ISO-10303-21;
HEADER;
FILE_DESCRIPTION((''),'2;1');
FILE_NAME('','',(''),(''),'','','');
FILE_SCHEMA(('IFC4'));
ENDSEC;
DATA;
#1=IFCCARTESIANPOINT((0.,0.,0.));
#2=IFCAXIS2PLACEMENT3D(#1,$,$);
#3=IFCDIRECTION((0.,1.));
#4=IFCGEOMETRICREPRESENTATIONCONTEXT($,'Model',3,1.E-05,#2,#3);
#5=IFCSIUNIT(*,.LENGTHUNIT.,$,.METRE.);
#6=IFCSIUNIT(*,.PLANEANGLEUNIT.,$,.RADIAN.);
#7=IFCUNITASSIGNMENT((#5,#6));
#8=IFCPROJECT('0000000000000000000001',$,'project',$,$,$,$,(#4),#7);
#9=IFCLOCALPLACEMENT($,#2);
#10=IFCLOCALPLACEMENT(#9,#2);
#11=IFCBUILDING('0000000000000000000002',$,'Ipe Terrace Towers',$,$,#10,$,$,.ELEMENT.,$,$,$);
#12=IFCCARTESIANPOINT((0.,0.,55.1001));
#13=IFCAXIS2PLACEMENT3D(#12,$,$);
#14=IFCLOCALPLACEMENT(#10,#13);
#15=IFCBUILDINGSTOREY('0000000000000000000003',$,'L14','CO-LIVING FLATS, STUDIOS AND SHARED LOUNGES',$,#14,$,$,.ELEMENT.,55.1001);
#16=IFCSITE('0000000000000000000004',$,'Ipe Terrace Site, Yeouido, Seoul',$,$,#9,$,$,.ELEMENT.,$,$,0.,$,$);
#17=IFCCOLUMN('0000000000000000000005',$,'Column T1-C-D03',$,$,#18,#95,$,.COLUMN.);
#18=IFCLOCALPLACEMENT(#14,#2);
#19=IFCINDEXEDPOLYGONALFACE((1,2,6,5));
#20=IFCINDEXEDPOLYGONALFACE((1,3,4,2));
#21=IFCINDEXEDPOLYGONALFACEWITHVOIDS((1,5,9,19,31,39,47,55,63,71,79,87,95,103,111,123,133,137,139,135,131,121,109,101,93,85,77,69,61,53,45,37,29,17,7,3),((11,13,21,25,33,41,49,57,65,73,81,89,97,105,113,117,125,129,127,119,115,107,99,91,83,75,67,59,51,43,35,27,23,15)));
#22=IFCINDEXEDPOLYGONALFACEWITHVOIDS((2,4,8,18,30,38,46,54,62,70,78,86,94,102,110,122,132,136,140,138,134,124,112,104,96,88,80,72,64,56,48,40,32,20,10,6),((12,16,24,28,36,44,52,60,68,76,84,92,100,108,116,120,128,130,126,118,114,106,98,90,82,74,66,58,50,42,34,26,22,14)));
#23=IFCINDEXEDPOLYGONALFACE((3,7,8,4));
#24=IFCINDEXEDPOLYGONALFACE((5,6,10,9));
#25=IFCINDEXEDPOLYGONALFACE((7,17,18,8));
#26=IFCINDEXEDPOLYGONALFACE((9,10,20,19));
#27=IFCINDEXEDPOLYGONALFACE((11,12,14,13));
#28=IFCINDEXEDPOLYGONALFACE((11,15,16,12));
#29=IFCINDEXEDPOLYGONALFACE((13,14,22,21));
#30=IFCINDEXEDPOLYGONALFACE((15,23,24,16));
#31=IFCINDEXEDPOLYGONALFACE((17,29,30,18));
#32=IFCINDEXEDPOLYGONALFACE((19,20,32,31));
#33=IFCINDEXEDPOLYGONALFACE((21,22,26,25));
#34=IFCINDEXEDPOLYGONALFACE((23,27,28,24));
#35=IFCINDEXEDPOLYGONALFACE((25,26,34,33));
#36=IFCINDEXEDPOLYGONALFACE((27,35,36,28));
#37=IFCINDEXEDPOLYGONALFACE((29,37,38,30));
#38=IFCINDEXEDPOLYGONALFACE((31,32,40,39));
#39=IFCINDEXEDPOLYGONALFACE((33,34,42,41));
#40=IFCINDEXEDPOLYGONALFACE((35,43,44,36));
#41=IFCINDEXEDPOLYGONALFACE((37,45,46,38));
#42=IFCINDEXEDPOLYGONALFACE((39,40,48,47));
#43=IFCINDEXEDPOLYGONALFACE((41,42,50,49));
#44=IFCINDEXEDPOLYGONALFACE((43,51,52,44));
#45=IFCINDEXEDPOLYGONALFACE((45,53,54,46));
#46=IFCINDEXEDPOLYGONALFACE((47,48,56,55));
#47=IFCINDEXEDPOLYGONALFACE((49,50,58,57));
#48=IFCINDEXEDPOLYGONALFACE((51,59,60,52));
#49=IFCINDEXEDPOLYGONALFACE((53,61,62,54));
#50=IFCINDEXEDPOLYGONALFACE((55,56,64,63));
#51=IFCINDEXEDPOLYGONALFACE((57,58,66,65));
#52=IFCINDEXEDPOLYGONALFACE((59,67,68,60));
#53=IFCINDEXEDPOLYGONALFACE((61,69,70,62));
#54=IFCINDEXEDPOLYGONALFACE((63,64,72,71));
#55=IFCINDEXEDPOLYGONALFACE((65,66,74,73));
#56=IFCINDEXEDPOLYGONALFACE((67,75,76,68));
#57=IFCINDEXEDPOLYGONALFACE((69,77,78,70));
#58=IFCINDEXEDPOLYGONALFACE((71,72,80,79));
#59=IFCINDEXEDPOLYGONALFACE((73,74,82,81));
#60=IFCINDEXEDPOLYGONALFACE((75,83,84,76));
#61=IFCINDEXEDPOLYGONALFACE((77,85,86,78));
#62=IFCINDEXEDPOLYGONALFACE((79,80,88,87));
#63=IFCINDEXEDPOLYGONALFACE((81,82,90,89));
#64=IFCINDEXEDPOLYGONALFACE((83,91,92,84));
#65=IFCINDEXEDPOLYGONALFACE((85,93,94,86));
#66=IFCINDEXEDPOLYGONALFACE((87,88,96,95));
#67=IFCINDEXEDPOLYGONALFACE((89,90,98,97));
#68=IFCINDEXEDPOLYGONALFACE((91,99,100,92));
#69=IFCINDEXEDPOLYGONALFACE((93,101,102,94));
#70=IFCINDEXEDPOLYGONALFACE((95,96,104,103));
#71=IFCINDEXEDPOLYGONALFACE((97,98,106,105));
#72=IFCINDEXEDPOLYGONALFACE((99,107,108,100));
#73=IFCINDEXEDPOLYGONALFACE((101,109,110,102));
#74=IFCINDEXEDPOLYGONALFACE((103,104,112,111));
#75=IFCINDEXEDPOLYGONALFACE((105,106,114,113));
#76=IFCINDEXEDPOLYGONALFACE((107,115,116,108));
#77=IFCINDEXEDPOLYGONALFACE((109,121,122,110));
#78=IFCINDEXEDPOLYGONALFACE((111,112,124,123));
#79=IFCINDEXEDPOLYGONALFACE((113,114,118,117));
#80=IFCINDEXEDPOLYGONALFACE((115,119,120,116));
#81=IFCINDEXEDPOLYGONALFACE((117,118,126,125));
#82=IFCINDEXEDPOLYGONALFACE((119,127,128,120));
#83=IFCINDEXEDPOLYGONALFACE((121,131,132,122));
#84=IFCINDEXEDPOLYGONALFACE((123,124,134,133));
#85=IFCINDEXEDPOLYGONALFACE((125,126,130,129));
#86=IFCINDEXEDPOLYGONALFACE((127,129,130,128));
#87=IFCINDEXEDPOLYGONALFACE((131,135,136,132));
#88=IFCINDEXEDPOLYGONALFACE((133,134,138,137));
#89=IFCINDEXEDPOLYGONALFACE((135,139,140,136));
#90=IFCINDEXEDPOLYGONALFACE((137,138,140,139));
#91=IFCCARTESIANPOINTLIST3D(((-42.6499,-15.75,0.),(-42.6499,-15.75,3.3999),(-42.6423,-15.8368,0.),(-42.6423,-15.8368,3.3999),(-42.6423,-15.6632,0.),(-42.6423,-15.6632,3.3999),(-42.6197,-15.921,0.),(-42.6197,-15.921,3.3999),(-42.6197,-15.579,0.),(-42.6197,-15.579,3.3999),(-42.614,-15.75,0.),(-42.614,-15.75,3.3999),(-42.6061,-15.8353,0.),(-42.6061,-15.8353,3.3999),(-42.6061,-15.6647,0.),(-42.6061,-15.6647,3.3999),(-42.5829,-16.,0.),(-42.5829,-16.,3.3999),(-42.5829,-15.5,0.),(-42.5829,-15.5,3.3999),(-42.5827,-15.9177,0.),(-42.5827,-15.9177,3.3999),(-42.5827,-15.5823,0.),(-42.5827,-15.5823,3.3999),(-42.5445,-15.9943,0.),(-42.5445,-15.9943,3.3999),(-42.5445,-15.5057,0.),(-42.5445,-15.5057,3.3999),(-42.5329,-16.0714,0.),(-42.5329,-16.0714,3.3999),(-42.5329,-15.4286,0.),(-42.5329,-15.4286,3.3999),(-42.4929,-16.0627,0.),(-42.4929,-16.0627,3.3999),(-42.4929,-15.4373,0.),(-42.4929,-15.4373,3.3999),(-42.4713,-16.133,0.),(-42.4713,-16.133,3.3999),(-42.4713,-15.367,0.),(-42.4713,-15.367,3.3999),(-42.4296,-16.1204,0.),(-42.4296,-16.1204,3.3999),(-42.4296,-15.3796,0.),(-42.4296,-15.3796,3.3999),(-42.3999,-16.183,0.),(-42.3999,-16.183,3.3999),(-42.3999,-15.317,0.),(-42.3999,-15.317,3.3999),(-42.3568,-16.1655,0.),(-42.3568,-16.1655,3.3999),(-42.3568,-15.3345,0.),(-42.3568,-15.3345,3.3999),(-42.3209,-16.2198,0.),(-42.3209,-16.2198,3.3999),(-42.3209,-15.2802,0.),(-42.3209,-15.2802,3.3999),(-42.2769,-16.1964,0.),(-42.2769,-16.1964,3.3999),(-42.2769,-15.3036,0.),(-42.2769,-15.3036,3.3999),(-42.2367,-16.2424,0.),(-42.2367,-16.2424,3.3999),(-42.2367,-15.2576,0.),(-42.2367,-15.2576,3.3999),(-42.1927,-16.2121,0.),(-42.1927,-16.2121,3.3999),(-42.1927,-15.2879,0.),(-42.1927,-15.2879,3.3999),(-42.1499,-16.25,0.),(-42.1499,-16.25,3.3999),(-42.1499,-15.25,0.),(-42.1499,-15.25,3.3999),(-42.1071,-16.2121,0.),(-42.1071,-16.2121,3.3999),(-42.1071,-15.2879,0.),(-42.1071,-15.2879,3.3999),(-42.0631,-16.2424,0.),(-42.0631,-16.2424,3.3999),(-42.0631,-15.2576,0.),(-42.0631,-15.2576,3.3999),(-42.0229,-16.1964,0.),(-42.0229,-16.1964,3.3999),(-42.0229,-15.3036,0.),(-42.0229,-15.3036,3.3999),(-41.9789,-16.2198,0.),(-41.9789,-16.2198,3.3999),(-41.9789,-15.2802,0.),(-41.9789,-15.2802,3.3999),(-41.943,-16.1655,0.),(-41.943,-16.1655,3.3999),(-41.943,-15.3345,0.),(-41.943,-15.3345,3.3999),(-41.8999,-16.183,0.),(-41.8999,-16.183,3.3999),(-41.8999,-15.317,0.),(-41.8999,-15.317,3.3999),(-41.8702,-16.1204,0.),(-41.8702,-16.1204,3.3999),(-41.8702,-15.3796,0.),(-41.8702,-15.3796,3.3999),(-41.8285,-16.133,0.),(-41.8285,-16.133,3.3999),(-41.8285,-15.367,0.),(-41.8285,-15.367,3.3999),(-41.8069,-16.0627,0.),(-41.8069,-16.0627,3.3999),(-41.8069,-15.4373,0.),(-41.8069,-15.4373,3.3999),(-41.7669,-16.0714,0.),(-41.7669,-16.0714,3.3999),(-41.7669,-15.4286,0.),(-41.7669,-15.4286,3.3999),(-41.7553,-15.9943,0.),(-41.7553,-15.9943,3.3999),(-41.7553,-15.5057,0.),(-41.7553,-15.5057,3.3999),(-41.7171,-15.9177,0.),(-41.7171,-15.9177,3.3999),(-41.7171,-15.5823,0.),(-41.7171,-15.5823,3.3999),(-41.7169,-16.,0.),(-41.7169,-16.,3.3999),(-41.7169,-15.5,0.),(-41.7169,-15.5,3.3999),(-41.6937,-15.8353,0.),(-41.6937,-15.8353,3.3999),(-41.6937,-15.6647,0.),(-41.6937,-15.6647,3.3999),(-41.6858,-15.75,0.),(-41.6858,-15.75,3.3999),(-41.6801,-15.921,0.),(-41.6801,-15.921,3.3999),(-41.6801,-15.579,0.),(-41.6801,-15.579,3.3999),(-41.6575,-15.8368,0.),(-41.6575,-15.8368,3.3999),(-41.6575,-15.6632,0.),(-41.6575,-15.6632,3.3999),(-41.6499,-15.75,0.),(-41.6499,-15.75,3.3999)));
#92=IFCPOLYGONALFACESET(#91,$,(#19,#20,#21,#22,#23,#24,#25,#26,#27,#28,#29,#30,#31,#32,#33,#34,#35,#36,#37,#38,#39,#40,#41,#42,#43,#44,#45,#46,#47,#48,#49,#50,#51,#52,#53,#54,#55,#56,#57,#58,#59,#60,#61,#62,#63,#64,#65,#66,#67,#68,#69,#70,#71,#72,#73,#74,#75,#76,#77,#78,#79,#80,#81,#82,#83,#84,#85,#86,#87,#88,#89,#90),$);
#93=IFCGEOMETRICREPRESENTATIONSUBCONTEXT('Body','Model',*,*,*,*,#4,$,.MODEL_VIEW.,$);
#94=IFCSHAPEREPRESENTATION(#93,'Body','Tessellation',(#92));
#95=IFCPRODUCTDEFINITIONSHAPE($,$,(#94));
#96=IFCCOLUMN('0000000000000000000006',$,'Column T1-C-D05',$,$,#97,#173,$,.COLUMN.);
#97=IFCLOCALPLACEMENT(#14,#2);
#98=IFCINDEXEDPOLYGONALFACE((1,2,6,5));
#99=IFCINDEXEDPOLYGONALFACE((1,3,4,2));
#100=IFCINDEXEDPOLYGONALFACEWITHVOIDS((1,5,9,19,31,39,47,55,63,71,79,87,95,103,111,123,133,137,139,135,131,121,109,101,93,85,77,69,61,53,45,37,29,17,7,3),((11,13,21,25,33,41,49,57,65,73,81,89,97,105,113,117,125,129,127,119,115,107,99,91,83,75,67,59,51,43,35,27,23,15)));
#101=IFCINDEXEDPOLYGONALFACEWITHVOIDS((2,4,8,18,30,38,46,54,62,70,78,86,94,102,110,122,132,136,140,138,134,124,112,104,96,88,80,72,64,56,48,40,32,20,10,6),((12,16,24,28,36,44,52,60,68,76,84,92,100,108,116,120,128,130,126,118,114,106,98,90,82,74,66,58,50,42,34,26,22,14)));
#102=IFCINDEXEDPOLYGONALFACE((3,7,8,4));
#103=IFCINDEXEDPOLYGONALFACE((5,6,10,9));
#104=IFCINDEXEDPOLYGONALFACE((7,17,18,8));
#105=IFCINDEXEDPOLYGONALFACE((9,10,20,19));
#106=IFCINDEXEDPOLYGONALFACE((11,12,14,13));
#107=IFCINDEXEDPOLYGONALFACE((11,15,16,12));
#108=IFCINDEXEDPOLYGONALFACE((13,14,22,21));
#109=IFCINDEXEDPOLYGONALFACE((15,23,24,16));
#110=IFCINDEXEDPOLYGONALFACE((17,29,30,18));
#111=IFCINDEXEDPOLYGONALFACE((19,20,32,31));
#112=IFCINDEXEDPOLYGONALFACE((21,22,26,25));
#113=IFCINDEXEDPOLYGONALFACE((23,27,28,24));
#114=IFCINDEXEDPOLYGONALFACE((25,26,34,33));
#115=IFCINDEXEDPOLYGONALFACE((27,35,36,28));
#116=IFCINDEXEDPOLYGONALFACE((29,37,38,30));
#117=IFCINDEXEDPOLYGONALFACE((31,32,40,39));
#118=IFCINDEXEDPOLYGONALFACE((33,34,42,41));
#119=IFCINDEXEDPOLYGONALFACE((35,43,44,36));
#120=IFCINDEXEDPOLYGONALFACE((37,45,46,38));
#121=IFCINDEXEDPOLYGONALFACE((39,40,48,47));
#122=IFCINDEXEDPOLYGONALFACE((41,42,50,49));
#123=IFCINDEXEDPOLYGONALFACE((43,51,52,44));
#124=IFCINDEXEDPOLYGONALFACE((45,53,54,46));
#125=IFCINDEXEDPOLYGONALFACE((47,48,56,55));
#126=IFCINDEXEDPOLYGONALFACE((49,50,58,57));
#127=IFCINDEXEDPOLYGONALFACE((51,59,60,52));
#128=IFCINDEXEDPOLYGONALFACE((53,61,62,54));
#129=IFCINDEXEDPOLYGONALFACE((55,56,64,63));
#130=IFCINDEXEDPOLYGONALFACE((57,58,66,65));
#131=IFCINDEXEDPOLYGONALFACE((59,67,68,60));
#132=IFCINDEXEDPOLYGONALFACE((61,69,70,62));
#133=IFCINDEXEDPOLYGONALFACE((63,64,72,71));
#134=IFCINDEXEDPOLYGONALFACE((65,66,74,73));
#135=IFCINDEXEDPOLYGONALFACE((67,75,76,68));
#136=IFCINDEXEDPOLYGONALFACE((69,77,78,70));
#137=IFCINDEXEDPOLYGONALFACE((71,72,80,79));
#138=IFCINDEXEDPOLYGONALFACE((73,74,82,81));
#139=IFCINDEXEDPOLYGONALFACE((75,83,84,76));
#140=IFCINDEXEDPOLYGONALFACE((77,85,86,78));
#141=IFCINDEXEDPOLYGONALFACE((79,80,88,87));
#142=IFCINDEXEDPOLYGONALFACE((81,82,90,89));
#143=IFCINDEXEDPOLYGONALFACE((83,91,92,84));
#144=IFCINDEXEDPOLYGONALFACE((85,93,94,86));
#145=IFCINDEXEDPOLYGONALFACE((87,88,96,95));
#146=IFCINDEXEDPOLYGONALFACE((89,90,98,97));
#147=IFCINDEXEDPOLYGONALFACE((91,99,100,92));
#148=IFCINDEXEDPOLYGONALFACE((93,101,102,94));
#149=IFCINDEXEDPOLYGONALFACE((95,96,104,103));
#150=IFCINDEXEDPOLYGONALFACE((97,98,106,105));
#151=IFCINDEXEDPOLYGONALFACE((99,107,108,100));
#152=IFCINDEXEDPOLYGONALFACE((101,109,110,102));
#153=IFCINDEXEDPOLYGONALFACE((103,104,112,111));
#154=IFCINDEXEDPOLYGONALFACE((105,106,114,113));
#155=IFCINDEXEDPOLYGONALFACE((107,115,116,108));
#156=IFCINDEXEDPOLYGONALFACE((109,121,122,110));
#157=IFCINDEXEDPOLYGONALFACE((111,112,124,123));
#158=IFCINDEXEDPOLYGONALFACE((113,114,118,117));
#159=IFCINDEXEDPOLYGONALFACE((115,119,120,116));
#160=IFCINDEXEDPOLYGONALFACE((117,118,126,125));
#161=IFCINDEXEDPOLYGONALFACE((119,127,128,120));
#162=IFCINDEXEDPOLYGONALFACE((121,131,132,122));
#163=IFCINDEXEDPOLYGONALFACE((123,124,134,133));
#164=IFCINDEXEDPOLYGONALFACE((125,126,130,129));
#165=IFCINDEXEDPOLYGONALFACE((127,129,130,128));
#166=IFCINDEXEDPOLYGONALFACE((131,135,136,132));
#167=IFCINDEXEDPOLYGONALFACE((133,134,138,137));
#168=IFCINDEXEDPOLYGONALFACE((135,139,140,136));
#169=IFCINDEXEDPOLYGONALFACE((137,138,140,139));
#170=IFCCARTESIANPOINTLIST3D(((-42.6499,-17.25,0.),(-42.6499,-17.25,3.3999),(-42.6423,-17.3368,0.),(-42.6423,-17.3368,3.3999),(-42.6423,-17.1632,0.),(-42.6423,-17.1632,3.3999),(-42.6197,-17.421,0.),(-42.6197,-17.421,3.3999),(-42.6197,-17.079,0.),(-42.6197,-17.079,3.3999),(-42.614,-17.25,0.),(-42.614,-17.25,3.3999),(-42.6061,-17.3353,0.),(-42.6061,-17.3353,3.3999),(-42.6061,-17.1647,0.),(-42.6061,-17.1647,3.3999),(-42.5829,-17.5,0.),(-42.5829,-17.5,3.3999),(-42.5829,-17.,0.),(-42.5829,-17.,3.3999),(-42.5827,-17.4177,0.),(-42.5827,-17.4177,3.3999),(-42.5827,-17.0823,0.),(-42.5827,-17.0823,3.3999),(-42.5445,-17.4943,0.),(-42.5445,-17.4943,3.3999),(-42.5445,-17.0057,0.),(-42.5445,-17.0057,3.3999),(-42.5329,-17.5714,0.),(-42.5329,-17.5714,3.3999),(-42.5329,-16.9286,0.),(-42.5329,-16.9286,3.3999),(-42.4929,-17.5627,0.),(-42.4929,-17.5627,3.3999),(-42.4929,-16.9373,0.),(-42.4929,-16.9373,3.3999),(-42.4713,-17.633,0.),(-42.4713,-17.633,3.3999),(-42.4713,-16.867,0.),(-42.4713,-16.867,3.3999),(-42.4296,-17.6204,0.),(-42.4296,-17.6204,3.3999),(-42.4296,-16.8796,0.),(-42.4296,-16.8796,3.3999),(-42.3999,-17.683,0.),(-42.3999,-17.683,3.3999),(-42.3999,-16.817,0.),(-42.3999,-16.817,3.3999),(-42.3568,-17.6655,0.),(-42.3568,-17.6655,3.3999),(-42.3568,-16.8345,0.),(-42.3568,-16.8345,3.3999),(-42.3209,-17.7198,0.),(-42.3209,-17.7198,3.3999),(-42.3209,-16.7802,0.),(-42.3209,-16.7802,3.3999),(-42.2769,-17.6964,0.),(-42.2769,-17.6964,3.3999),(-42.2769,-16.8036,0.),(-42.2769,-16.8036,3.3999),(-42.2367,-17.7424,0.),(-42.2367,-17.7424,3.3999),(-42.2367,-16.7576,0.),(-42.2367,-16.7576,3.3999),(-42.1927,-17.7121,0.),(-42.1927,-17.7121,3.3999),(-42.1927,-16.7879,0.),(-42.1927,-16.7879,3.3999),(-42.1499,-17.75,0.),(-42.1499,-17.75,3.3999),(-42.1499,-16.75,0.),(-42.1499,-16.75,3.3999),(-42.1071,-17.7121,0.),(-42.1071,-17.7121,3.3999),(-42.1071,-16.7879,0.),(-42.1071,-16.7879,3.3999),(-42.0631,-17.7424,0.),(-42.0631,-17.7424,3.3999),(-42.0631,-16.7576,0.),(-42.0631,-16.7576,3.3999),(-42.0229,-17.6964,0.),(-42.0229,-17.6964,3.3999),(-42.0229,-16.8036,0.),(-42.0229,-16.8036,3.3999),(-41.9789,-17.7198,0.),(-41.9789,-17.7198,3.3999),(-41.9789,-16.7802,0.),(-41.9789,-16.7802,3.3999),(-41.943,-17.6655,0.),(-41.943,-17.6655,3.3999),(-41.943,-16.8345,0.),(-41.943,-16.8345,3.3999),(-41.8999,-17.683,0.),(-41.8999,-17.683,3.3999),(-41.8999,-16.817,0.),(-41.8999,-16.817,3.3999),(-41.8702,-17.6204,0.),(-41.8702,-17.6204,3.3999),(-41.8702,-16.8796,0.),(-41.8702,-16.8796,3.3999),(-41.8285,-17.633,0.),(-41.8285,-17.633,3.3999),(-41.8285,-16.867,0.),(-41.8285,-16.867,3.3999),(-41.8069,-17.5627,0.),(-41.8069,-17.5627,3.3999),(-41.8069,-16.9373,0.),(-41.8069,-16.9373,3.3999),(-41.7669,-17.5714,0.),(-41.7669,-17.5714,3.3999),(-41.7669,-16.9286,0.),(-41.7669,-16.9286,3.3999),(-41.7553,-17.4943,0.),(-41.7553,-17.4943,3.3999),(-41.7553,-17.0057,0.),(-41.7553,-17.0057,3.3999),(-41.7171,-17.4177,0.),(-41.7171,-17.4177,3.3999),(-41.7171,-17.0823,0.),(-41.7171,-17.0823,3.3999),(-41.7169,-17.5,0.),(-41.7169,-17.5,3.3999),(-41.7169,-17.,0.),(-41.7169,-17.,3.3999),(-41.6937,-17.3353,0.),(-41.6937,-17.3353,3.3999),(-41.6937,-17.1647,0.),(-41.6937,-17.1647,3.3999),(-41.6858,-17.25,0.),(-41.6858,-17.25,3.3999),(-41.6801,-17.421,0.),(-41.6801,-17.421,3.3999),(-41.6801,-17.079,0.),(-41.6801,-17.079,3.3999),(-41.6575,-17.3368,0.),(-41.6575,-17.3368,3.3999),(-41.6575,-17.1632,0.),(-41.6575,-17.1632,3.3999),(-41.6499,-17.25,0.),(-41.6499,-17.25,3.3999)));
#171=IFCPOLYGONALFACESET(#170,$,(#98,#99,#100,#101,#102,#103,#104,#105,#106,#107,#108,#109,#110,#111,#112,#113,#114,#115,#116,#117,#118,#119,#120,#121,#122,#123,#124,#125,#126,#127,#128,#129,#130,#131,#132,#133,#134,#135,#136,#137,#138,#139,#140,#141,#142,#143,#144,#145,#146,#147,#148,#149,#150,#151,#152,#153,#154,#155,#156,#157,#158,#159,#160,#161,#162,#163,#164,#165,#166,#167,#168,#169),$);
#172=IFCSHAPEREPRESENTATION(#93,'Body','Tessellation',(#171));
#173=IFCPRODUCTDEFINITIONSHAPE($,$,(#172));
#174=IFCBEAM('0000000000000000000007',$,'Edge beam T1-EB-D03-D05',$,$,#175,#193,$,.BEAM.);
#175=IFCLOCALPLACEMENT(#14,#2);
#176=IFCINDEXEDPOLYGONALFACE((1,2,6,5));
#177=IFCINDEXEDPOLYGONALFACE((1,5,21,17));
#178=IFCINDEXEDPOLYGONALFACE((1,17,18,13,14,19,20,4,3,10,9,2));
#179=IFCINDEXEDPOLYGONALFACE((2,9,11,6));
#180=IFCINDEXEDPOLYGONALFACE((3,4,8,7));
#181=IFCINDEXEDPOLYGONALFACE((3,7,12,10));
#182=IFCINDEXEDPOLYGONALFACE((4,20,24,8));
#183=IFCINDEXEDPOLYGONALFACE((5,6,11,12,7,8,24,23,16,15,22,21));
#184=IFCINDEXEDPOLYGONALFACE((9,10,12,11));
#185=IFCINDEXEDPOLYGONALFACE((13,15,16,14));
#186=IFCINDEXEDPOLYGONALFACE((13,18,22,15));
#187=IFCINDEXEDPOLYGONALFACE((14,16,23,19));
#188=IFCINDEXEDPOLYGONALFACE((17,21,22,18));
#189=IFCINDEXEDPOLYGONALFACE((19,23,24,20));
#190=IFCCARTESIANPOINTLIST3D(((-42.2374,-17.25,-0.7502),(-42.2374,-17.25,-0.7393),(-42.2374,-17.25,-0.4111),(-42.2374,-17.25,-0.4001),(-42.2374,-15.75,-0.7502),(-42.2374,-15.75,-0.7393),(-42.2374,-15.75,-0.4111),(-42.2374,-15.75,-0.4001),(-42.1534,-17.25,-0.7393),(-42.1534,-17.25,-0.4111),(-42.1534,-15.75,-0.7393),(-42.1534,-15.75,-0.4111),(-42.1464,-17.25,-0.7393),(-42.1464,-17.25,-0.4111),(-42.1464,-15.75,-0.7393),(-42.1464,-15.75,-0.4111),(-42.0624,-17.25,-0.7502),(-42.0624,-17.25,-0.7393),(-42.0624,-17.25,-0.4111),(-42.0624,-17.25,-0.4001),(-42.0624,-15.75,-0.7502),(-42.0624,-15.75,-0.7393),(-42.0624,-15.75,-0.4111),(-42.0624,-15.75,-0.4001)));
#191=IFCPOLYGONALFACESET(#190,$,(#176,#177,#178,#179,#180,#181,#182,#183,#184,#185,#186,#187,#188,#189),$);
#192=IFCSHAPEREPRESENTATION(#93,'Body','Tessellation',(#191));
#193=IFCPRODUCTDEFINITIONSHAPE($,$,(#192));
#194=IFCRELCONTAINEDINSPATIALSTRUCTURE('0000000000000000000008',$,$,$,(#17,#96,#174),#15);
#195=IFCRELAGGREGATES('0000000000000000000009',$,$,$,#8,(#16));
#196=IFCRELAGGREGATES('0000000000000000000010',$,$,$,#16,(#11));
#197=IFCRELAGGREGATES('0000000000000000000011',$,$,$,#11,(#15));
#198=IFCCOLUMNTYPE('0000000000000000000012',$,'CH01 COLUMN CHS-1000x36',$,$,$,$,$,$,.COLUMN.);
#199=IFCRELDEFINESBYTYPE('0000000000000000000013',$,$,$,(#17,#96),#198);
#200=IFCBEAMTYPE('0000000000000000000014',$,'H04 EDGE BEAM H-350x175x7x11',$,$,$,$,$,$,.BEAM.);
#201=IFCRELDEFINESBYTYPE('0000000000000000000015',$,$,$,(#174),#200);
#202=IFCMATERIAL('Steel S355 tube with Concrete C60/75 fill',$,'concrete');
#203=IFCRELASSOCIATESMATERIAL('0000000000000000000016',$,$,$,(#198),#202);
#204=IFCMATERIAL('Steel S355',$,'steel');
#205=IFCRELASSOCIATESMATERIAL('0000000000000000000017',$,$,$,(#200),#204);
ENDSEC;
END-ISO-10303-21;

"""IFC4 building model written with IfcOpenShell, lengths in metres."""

from ifc_helpers import new_model, si_unit, direction, frame, origin, origin_2d, place, context, subcontext, project, spatial, hollow_circle, i_section, extrude, material, material_profile, profile_set, type_object, element, save


model = new_model("IFC4")

# Units and contexts
model_context = context("Model", 3, precision=1e-05, world=origin(), true_north=direction((0.0, 1.0)))
body_context = subcontext(model_context, "Body", "Model", "MODEL_VIEW")
ifc_project = project(units=[si_unit("LENGTHUNIT", "METRE"), si_unit("PLANEANGLEUNIT", "RADIAN")], contexts=[model_context])

# Site, building, storey
site_placement = place(None, origin())
site = spatial("IfcSite", under=ifc_project, at=site_placement, Name="Ipe Terrace Site, Yeouido, Seoul", CompositionType="ELEMENT", RefElevation=0.0)
building_placement = place(site_placement, origin())
building = spatial("IfcBuilding", under=site, at=building_placement, Name="Ipe Terrace Towers", CompositionType="ELEMENT")
storey_placement = place(building_placement, frame((0.0, 0.0, 55.1001)))
storey = spatial("IfcBuildingStorey", under=building, at=storey_placement, Name="L14", Description="CO-LIVING FLATS, STUDIOS AND SHARED LOUNGES", CompositionType="ELEMENT", Elevation=55.1001)

# Columns
ifc_material_1 = material(Name="Steel S355 tube with Concrete C60/75 fill", Category="concrete")
ifc_material_profile_1 = material_profile(ifc_material_1, hollow_circle(Radius=0.5, WallThickness=0.0359, at=origin_2d()), Name="CHS-1000x36")
ifc_profile_set_1 = profile_set([ifc_material_profile_1], Name="Steel S355 tube with Concrete C60/75 fill")
column_type = type_object("IfcColumnType", Name="CH01 COLUMN CHS-1000x36", PredefinedType="COLUMN", material=ifc_profile_set_1)
for number, where, z_axis, x_axis, name in (
    (1, (-42.1499, -15.75, 0.0), (0.0, 0.0, 1.0), (1.0, 0.0, 0.0), "Column T1-C-D03"),
    (2, (-42.1499, -17.25, 0.0), (0.0, 0.0, 1.0), (1.0, 0.0, 0.0), "Column T1-C-D05"),
):
    element("IfcColumn", number, at=place(storey_placement, frame(where, z_axis=z_axis, x_axis=x_axis)), inside=storey, type_object=column_type, Name=name, PredefinedType="COLUMN", context=body_context, shape_type="SweptSolid", body=[
        extrude(hollow_circle(Radius=0.5, WallThickness=0.0359, at=origin_2d()), origin(), (0.0, 0.0, 1.0), 3.3999),
    ])

# Beam
ifc_material_2 = material(Name="Steel S355", Category="steel")
ifc_material_profile_2 = material_profile(ifc_material_2, i_section(OverallWidth=0.175, OverallDepth=0.3501, WebThickness=0.0071, FlangeThickness=0.011, at=origin_2d()), Name="H-350x175x7x11")
ifc_profile_set_2 = profile_set([ifc_material_profile_2], Name="Steel S355")
beam_type = type_object("IfcBeamType", Name="H04 EDGE BEAM H-350x175x7x11", PredefinedType="BEAM", material=ifc_profile_set_2)
beam_placement = place(storey_placement, frame((-42.1499, -15.75, -0.5752), z_axis=(0.0, -1.0, 0.0), x_axis=(1.0, 0.0, 0.0)))
element("IfcBeam", 3, at=beam_placement, inside=storey, type_object=beam_type, Name="Edge beam T1-EB-D03-D05", PredefinedType="BEAM", context=body_context, shape_type="SweptSolid", body=[
    extrude(i_section(OverallWidth=0.175, OverallDepth=0.3501, WebThickness=0.0071, FlangeThickness=0.011, at=origin_2d()), origin(), (0.0, 0.0, 1.0), 1.5),
])

save(model, "model.ifc")
